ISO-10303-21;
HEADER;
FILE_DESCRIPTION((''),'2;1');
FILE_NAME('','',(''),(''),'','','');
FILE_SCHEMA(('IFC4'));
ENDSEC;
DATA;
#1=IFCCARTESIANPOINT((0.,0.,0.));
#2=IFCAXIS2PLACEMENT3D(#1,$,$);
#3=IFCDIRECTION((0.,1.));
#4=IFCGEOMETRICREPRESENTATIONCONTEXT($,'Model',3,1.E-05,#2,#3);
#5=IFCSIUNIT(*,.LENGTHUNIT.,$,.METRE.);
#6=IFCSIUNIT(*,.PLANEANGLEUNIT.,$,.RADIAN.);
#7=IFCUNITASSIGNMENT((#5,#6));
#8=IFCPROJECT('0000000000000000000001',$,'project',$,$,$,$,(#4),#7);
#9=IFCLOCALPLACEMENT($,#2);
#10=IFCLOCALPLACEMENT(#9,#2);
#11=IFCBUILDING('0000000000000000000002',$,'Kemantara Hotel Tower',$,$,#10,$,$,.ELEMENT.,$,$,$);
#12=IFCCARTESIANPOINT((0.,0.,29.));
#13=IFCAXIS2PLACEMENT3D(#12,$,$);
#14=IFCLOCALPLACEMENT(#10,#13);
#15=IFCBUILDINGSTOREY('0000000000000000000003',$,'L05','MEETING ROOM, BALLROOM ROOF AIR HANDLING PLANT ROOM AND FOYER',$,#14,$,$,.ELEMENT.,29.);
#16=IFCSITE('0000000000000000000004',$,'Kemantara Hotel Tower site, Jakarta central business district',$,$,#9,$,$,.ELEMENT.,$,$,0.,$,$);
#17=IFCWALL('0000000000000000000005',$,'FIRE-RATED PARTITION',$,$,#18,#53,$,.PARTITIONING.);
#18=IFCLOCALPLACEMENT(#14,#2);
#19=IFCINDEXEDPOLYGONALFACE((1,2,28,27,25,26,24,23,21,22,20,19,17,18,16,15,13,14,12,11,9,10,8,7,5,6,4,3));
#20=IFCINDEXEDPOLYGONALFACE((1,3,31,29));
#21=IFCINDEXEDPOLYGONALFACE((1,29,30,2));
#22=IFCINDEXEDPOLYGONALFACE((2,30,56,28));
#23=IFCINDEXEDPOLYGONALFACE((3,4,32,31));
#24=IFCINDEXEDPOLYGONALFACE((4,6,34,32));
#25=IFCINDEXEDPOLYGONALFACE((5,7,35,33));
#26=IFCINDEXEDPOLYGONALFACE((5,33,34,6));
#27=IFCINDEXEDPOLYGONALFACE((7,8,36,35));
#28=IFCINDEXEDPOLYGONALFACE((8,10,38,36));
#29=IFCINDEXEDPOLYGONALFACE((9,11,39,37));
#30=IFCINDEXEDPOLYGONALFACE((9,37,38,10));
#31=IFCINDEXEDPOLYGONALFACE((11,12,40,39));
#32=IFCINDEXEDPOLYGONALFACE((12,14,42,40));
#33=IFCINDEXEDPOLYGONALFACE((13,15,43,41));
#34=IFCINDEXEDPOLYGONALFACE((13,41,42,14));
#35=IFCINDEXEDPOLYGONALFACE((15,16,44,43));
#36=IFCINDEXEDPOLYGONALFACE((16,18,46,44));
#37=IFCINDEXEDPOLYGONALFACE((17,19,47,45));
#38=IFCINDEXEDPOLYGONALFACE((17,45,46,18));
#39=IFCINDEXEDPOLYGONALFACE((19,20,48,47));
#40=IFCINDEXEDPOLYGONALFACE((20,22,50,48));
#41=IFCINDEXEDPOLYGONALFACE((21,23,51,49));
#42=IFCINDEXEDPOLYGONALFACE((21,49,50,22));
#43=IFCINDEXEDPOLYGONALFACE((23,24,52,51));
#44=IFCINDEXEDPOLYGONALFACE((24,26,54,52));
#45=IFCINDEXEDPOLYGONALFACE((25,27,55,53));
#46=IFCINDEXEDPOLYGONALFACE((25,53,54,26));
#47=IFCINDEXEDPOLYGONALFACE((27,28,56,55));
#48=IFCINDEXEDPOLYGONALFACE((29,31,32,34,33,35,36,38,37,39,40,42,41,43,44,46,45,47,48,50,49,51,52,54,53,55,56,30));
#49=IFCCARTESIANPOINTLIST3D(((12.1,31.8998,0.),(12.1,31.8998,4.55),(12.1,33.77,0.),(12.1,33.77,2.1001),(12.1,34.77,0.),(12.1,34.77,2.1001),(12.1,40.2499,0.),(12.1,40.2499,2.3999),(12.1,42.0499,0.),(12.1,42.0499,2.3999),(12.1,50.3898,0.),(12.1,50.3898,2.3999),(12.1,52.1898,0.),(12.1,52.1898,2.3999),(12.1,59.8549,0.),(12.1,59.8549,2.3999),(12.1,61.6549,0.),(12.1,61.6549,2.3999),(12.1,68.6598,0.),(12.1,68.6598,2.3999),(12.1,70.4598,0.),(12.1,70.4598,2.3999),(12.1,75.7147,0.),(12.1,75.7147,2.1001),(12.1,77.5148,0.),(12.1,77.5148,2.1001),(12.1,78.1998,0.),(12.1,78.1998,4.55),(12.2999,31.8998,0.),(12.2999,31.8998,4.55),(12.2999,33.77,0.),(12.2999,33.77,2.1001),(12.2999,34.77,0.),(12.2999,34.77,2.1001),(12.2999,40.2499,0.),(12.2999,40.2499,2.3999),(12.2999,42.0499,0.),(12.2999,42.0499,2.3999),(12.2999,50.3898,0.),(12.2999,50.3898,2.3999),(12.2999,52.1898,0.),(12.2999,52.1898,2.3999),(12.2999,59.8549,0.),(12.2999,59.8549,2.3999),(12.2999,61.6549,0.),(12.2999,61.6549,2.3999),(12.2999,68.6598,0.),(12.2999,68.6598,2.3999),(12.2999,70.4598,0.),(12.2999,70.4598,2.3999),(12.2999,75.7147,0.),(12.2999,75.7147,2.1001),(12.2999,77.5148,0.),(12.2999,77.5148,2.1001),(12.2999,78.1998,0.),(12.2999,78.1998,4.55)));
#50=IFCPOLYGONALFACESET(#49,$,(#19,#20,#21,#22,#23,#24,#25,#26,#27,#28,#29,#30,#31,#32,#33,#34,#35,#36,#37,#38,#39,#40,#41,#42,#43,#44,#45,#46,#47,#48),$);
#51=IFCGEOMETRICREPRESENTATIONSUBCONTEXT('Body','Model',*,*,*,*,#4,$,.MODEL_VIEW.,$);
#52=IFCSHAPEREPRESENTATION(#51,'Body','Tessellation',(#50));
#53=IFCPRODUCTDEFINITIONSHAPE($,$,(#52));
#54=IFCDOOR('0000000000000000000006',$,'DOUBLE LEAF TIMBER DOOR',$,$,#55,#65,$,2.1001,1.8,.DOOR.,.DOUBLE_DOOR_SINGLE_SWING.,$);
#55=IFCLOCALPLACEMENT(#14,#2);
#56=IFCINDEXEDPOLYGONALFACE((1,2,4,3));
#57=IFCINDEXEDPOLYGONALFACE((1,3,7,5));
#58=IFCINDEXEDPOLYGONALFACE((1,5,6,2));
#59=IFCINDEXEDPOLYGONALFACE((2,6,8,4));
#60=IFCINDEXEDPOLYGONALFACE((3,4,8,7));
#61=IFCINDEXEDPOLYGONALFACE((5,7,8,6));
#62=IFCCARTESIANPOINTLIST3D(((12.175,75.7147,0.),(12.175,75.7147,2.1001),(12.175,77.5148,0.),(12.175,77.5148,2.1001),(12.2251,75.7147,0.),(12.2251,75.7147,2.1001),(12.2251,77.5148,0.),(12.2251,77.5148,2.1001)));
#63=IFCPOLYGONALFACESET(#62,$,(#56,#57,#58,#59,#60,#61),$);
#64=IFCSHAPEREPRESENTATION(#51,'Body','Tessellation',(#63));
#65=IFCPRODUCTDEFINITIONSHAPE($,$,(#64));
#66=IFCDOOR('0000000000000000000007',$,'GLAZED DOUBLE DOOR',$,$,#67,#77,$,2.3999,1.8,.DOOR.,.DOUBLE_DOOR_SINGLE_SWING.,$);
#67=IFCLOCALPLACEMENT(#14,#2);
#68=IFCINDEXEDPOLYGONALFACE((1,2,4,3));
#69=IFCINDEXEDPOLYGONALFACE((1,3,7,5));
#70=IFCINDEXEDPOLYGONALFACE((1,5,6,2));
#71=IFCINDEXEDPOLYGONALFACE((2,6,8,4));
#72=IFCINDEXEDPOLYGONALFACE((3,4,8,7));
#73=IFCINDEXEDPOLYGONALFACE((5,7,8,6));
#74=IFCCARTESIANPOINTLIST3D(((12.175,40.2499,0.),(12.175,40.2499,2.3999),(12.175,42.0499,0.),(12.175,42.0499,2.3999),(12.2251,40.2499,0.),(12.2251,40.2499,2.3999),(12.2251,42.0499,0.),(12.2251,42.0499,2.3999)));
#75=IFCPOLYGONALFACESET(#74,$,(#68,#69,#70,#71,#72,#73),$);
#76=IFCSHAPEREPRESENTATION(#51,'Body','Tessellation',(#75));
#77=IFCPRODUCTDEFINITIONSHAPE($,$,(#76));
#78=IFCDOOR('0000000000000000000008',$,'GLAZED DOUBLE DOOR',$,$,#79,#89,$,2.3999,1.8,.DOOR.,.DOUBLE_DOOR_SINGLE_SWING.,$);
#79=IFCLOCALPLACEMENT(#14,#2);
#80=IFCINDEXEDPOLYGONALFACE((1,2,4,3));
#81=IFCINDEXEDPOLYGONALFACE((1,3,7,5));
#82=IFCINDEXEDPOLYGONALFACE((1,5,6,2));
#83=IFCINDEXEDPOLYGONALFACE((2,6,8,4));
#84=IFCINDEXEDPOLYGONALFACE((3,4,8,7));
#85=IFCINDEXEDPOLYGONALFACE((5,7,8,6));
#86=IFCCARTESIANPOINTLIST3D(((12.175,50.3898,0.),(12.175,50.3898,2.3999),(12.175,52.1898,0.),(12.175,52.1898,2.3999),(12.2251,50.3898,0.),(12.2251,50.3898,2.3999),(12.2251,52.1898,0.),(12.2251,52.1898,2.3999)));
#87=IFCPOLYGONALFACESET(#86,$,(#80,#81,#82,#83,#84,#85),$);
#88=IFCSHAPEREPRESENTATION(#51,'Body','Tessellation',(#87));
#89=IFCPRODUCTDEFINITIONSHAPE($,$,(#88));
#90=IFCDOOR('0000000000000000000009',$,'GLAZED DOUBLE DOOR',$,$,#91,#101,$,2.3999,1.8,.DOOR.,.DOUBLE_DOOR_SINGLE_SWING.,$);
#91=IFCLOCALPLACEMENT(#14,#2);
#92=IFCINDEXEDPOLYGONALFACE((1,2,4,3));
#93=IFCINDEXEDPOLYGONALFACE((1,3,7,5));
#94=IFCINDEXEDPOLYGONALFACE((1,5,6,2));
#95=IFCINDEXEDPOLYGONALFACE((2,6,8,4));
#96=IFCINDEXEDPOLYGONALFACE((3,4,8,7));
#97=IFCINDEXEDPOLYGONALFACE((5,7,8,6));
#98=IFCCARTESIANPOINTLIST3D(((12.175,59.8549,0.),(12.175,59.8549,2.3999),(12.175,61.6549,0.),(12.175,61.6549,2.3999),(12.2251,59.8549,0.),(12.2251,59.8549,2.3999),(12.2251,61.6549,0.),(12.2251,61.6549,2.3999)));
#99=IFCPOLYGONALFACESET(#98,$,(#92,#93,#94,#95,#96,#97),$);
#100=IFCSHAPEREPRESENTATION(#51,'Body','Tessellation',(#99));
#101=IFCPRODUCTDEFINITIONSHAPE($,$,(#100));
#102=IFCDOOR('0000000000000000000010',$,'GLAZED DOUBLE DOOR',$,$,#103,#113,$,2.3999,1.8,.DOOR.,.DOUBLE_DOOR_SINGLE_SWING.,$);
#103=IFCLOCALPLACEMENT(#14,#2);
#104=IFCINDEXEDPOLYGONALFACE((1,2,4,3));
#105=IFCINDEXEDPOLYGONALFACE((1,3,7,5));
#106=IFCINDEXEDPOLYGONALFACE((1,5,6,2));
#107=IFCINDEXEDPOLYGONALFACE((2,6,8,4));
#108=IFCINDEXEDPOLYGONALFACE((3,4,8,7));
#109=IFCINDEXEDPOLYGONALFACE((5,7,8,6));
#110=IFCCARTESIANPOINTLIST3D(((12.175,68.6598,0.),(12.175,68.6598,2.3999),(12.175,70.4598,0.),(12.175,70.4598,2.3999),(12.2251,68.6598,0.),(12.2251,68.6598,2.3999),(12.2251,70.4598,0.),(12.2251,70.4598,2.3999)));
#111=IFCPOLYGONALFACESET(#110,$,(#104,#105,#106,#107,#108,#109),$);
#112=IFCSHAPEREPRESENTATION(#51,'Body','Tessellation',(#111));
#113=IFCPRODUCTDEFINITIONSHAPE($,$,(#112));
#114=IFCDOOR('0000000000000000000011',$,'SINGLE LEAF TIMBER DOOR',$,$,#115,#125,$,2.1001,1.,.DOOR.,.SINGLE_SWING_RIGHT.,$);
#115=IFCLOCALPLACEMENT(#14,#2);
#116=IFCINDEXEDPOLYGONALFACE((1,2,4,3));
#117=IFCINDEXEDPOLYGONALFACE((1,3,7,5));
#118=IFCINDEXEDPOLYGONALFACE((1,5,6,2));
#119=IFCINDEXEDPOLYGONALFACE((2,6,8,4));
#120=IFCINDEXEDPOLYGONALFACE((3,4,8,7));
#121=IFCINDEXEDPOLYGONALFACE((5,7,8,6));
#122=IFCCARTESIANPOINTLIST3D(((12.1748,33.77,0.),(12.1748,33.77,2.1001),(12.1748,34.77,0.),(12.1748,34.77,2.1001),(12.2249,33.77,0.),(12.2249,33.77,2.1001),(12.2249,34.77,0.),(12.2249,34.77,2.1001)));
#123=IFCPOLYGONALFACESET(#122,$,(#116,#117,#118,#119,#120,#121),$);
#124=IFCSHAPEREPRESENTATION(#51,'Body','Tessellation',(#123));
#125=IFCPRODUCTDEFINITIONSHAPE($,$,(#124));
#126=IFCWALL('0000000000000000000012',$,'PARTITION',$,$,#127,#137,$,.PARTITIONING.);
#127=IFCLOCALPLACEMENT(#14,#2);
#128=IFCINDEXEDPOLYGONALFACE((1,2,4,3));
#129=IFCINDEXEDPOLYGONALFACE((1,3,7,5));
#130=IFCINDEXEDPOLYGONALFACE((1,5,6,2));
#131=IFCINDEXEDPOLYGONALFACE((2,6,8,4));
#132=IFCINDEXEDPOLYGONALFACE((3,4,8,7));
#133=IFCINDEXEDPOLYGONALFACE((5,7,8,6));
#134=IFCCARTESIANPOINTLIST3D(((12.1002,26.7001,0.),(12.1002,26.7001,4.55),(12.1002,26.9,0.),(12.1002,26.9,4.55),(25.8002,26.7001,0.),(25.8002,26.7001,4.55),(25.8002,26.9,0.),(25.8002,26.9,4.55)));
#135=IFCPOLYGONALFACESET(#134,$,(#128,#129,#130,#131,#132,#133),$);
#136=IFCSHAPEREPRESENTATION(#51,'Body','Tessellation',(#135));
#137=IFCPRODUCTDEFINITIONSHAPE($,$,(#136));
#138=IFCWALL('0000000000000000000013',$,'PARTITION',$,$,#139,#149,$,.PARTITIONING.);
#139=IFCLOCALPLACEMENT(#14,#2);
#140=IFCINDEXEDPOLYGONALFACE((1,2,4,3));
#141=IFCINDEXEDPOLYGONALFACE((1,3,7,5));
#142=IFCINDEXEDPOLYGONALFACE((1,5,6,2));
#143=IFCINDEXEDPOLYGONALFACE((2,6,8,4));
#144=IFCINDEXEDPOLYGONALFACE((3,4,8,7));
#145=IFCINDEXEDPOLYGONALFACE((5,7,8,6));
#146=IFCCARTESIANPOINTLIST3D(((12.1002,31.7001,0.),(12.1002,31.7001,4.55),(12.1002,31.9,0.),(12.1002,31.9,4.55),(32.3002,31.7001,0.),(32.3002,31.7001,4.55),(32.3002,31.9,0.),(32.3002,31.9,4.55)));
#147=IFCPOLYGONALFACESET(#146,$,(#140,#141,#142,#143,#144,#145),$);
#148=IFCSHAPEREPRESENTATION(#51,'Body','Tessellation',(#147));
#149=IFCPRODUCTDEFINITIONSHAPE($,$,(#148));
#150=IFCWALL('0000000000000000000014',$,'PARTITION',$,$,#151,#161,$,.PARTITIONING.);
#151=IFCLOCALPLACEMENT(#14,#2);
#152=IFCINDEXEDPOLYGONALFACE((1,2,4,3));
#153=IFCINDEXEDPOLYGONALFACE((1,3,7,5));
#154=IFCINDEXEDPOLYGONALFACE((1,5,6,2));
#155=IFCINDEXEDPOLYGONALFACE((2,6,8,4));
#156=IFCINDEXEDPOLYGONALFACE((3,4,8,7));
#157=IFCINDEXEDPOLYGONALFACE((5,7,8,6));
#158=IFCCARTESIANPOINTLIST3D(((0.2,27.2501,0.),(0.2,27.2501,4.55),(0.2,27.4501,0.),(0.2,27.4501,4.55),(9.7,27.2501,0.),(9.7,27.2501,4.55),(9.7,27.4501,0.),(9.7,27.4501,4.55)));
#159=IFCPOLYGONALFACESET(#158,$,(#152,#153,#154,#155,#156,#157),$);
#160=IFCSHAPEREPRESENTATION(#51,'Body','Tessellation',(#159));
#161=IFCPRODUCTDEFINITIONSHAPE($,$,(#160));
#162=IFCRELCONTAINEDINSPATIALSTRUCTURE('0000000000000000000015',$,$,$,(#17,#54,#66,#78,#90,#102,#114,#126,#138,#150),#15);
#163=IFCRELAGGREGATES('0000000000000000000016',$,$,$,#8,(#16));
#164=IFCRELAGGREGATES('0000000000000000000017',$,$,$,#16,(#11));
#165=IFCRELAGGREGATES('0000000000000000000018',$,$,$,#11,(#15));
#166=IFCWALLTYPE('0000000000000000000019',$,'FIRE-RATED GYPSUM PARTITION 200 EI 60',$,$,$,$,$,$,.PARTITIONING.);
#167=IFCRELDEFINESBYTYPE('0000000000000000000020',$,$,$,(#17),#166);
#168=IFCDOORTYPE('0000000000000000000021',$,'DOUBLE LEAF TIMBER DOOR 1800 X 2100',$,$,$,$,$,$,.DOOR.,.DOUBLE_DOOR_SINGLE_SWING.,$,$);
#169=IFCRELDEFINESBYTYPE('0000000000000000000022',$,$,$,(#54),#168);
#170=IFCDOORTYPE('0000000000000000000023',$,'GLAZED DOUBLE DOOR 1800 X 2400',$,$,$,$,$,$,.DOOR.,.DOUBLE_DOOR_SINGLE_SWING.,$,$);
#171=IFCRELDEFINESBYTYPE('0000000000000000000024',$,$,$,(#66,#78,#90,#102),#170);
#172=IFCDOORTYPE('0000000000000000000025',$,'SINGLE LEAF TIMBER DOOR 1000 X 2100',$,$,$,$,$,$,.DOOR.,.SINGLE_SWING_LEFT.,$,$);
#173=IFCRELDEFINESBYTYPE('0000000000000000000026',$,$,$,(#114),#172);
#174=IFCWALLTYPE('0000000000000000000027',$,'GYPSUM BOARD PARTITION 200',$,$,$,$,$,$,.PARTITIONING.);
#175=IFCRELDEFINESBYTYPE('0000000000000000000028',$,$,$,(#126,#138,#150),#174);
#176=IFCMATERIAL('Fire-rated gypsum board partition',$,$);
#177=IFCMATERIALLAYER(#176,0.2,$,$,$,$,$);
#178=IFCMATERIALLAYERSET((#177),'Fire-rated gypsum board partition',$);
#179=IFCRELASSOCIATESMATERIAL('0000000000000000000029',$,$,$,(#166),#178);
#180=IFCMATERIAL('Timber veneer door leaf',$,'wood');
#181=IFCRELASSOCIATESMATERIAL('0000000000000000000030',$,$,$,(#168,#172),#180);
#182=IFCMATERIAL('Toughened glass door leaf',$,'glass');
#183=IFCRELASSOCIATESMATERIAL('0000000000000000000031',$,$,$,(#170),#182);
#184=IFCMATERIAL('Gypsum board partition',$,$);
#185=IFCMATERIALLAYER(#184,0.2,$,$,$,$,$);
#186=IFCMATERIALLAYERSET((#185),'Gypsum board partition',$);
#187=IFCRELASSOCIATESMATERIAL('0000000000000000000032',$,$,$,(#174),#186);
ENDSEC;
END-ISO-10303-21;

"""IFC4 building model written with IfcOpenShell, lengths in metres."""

from ifc_helpers import new_model, si_unit, direction, frame, frame_2d, origin, place, context, subcontext, project, spatial, rectangle, extrude, material, layer, layer_set, type_object, element, fill, save


model = new_model("IFC4")

# Units and contexts
model_context = context("Model", 3, precision=1e-05, world=origin(), true_north=direction((0.0, 1.0)))
body_context = subcontext(model_context, "Body", "Model", "MODEL_VIEW")
ifc_project = project(units=[si_unit("LENGTHUNIT", "METRE"), si_unit("PLANEANGLEUNIT", "RADIAN")], contexts=[model_context])

# Site, building, storey
site_placement = place(None, origin())
site = spatial("IfcSite", under=ifc_project, at=site_placement, Name="Kemantara Hotel Tower site, Jakarta central business district", CompositionType="ELEMENT", RefElevation=0.0)
building_placement = place(site_placement, origin())
building = spatial("IfcBuilding", under=site, at=building_placement, Name="Kemantara Hotel Tower", CompositionType="ELEMENT")
storey_placement = place(building_placement, frame((0.0, 0.0, 29.0)))
storey = spatial("IfcBuildingStorey", under=building, at=storey_placement, Name="L05", Description="MEETING ROOM, BALLROOM ROOF AIR HANDLING PLANT ROOM AND FOYER", CompositionType="ELEMENT", Elevation=29.0)

# Shared definitions
ifc_material_1 = material(Name="Fire-rated gypsum board partition")
ifc_layer_1 = layer(ifc_material_1, 0.2)
ifc_layer_set_1 = layer_set([ifc_layer_1], Name="Fire-rated gypsum board partition")
wall_type_1 = type_object("IfcWallType", Name="FIRE-RATED GYPSUM PARTITION 200 EI 60", PredefinedType="PARTITIONING", material=ifc_layer_set_1)
ifc_material_2 = material(Name="Timber veneer door leaf", Category="wood")
door_type_1 = type_object("IfcDoorType", Name="DOUBLE LEAF TIMBER DOOR 1800 X 2100", OperationType="DOUBLE_DOOR_SINGLE_SWING", PredefinedType="DOOR", material=ifc_material_2)

# Wall, openings, doors
wall_1_placement = place(storey_placement, frame((12.2, 31.8999, 0.0), z_axis=(0.0, 0.0, 1.0), x_axis=(0.0, 1.0, 0.0)))
wall_1 = element("IfcWall", 1, at=wall_1_placement, inside=storey, type_object=wall_type_1, Name="FIRE-RATED PARTITION", PredefinedType="PARTITIONING", context=body_context, shape_type="SweptSolid", body=[
    extrude(rectangle(XDim=46.3, YDim=0.2, at=frame_2d((23.1499, 0.0))), origin(), (0.0, 0.0, 1.0), 4.55),
])
opening_1_placement = place(wall_1_placement, frame((1.8701, 0.0, 0.0)))
opening_1 = element("IfcOpeningElement", 2, at=opening_1_placement, cuts=wall_1, PredefinedType="OPENING", context=body_context, shape_type="SweptSolid", body=[
    extrude(rectangle(XDim=1.0, YDim=2.1001, at=frame_2d((0.5, 1.05))), frame((0.0, 0.1099, 0.0), z_axis=(0.0, -1.0, 0.0), x_axis=(1.0, 0.0, 0.0)), (0.0, 0.0, 1.0), 0.22),
])
opening_2_placement = place(wall_1_placement, frame((8.3501, 0.0, 0.0)))
opening_2 = element("IfcOpeningElement", 3, at=opening_2_placement, cuts=wall_1, PredefinedType="OPENING", context=body_context, shape_type="SweptSolid", body=[
    extrude(rectangle(XDim=1.8, YDim=2.3999, at=frame_2d((0.8999, 1.2))), frame((0.0, 0.1099, 0.0), z_axis=(0.0, -1.0, 0.0), x_axis=(1.0, 0.0, 0.0)), (0.0, 0.0, 1.0), 0.22),
])
opening_3_placement = place(wall_1_placement, frame((18.49, 0.0, 0.0)))
opening_3 = element("IfcOpeningElement", 4, at=opening_3_placement, cuts=wall_1, PredefinedType="OPENING", context=body_context, shape_type="SweptSolid", body=[
    extrude(rectangle(XDim=1.8, YDim=2.3999, at=frame_2d((0.8999, 1.2))), frame((0.0, 0.1099, 0.0), z_axis=(0.0, -1.0, 0.0), x_axis=(1.0, 0.0, 0.0)), (0.0, 0.0, 1.0), 0.22),
])
opening_4_placement = place(wall_1_placement, frame((27.9551, 0.0, 0.0)))
opening_4 = element("IfcOpeningElement", 5, at=opening_4_placement, cuts=wall_1, PredefinedType="OPENING", context=body_context, shape_type="SweptSolid", body=[
    extrude(rectangle(XDim=1.8, YDim=2.3999, at=frame_2d((0.8999, 1.2))), frame((0.0, 0.1099, 0.0), z_axis=(0.0, -1.0, 0.0), x_axis=(1.0, 0.0, 0.0)), (0.0, 0.0, 1.0), 0.22),
])
opening_5_placement = place(wall_1_placement, frame((36.76, 0.0, 0.0)))
opening_5 = element("IfcOpeningElement", 6, at=opening_5_placement, cuts=wall_1, PredefinedType="OPENING", context=body_context, shape_type="SweptSolid", body=[
    extrude(rectangle(XDim=1.8, YDim=2.3999, at=frame_2d((0.8999, 1.2))), frame((0.0, 0.1099, 0.0), z_axis=(0.0, -1.0, 0.0), x_axis=(1.0, 0.0, 0.0)), (0.0, 0.0, 1.0), 0.22),
])
opening_6_placement = place(wall_1_placement, frame((43.8149, 0.0, 0.0)))
opening_6 = element("IfcOpeningElement", 7, at=opening_6_placement, cuts=wall_1, PredefinedType="OPENING", context=body_context, shape_type="SweptSolid", body=[
    extrude(rectangle(XDim=1.8, YDim=2.1001, at=frame_2d((0.8999, 1.05))), frame((0.0, 0.1099, 0.0), z_axis=(0.0, -1.0, 0.0), x_axis=(1.0, 0.0, 0.0)), (0.0, 0.0, 1.0), 0.22),
])
door_1_placement = place(opening_6_placement, origin())
door_1 = element("IfcDoor", 8, at=door_1_placement, inside=storey, type_object=door_type_1, Name="DOUBLE LEAF TIMBER DOOR", OperationType="DOUBLE_DOOR_SINGLE_SWING", OverallHeight=2.1001, OverallWidth=1.8, PredefinedType="DOOR", context=body_context, shape_type="SweptSolid", body=[
    extrude(rectangle(XDim=1.8, YDim=2.1001, at=frame_2d((0.8999, 1.05))), frame((0.0, 0.0249, 0.0), z_axis=(0.0, -1.0, 0.0), x_axis=(1.0, 0.0, 0.0)), (0.0, 0.0, 1.0), 0.05),
])
fill(opening_6, door_1)
ifc_material_3 = material(Name="Toughened glass door leaf", Category="glass")
door_type_2 = type_object("IfcDoorType", Name="GLAZED DOUBLE DOOR 1800 X 2400", OperationType="DOUBLE_DOOR_SINGLE_SWING", PredefinedType="DOOR", material=ifc_material_3)
door_2_placement = place(opening_2_placement, origin())
door_2 = element("IfcDoor", 9, at=door_2_placement, inside=storey, type_object=door_type_2, Name="GLAZED DOUBLE DOOR", OperationType="DOUBLE_DOOR_SINGLE_SWING", OverallHeight=2.3999, OverallWidth=1.8, PredefinedType="DOOR", context=body_context, shape_type="SweptSolid", body=[
    extrude(rectangle(XDim=1.8, YDim=2.3999, at=frame_2d((0.8999, 1.2))), frame((0.0, 0.0249, 0.0), z_axis=(0.0, -1.0, 0.0), x_axis=(1.0, 0.0, 0.0)), (0.0, 0.0, 1.0), 0.05),
])
fill(opening_2, door_2)
door_3_placement = place(opening_3_placement, origin())
door_3 = element("IfcDoor", 10, at=door_3_placement, inside=storey, type_object=door_type_2, Name="GLAZED DOUBLE DOOR", OperationType="DOUBLE_DOOR_SINGLE_SWING", OverallHeight=2.3999, OverallWidth=1.8, PredefinedType="DOOR", context=body_context, shape_type="SweptSolid", body=[
    extrude(rectangle(XDim=1.8, YDim=2.3999, at=frame_2d((0.8999, 1.2))), frame((0.0, 0.0249, 0.0), z_axis=(0.0, -1.0, 0.0), x_axis=(1.0, 0.0, 0.0)), (0.0, 0.0, 1.0), 0.05),
])
fill(opening_3, door_3)
door_4_placement = place(opening_4_placement, origin())
door_4 = element("IfcDoor", 11, at=door_4_placement, inside=storey, type_object=door_type_2, Name="GLAZED DOUBLE DOOR", OperationType="DOUBLE_DOOR_SINGLE_SWING", OverallHeight=2.3999, OverallWidth=1.8, PredefinedType="DOOR", context=body_context, shape_type="SweptSolid", body=[
    extrude(rectangle(XDim=1.8, YDim=2.3999, at=frame_2d((0.8999, 1.2))), frame((0.0, 0.0249, 0.0), z_axis=(0.0, -1.0, 0.0), x_axis=(1.0, 0.0, 0.0)), (0.0, 0.0, 1.0), 0.05),
])
fill(opening_4, door_4)
door_5_placement = place(opening_5_placement, origin())
door_5 = element("IfcDoor", 12, at=door_5_placement, inside=storey, type_object=door_type_2, Name="GLAZED DOUBLE DOOR", OperationType="DOUBLE_DOOR_SINGLE_SWING", OverallHeight=2.3999, OverallWidth=1.8, PredefinedType="DOOR", context=body_context, shape_type="SweptSolid", body=[
    extrude(rectangle(XDim=1.8, YDim=2.3999, at=frame_2d((0.8999, 1.2))), frame((0.0, 0.0249, 0.0), z_axis=(0.0, -1.0, 0.0), x_axis=(1.0, 0.0, 0.0)), (0.0, 0.0, 1.0), 0.05),
])
fill(opening_5, door_5)
door_type_3 = type_object("IfcDoorType", Name="SINGLE LEAF TIMBER DOOR 1000 X 2100", OperationType="SINGLE_SWING_LEFT", PredefinedType="DOOR", material=ifc_material_2)
door_6_placement = place(opening_1_placement, frame((1.0, 0.0, 0.0), z_axis=(0.0, 0.0, 1.0), x_axis=(-1.0, 0.0, 0.0)))
door_6 = element("IfcDoor", 13, at=door_6_placement, inside=storey, type_object=door_type_3, Name="SINGLE LEAF TIMBER DOOR", OperationType="SINGLE_SWING_RIGHT", OverallHeight=2.1001, OverallWidth=1.0, PredefinedType="DOOR", context=body_context, shape_type="SweptSolid", body=[
    extrude(rectangle(XDim=1.0, YDim=2.1001, at=frame_2d((0.5, 1.05))), frame((0.0, 0.0249, 0.0), z_axis=(0.0, -1.0, 0.0), x_axis=(1.0, 0.0, 0.0)), (0.0, 0.0, 1.0), 0.05),
])
fill(opening_1, door_6)

# Walls
ifc_material_4 = material(Name="Gypsum board partition")
ifc_layer_2 = layer(ifc_material_4, 0.2)
ifc_layer_set_2 = layer_set([ifc_layer_2], Name="Gypsum board partition")
wall_type_2 = type_object("IfcWallType", Name="GYPSUM BOARD PARTITION 200", PredefinedType="PARTITIONING", material=ifc_layer_set_2)
wall_2_placement = place(storey_placement, frame((12.1001, 26.8, 0.0), z_axis=(0.0, 0.0, 1.0), x_axis=(1.0, 0.0, 0.0)))
element("IfcWall", 14, at=wall_2_placement, inside=storey, type_object=wall_type_2, Name="PARTITION", PredefinedType="PARTITIONING", context=body_context, shape_type="SweptSolid", body=[
    extrude(rectangle(XDim=13.7, YDim=0.2, at=frame_2d((6.8501, 0.0))), origin(), (0.0, 0.0, 1.0), 4.55),
])
wall_3_placement = place(storey_placement, frame((12.1001, 31.8, 0.0), z_axis=(0.0, 0.0, 1.0), x_axis=(1.0, 0.0, 0.0)))
element("IfcWall", 15, at=wall_3_placement, inside=storey, type_object=wall_type_2, Name="PARTITION", PredefinedType="PARTITIONING", context=body_context, shape_type="SweptSolid", body=[
    extrude(rectangle(XDim=20.2, YDim=0.2, at=frame_2d((10.1001, 0.0))), origin(), (0.0, 0.0, 1.0), 4.55),
])
wall_4_placement = place(storey_placement, frame((0.2, 27.3501, 0.0), z_axis=(0.0, 0.0, 1.0), x_axis=(1.0, 0.0, 0.0)))
element("IfcWall", 16, at=wall_4_placement, inside=storey, type_object=wall_type_2, Name="PARTITION", PredefinedType="PARTITIONING", context=body_context, shape_type="SweptSolid", body=[
    extrude(rectangle(XDim=9.5, YDim=0.2, at=frame_2d((4.75, 0.0))), origin(), (0.0, 0.0, 1.0), 4.55),
])

save(model, "model.ifc")
